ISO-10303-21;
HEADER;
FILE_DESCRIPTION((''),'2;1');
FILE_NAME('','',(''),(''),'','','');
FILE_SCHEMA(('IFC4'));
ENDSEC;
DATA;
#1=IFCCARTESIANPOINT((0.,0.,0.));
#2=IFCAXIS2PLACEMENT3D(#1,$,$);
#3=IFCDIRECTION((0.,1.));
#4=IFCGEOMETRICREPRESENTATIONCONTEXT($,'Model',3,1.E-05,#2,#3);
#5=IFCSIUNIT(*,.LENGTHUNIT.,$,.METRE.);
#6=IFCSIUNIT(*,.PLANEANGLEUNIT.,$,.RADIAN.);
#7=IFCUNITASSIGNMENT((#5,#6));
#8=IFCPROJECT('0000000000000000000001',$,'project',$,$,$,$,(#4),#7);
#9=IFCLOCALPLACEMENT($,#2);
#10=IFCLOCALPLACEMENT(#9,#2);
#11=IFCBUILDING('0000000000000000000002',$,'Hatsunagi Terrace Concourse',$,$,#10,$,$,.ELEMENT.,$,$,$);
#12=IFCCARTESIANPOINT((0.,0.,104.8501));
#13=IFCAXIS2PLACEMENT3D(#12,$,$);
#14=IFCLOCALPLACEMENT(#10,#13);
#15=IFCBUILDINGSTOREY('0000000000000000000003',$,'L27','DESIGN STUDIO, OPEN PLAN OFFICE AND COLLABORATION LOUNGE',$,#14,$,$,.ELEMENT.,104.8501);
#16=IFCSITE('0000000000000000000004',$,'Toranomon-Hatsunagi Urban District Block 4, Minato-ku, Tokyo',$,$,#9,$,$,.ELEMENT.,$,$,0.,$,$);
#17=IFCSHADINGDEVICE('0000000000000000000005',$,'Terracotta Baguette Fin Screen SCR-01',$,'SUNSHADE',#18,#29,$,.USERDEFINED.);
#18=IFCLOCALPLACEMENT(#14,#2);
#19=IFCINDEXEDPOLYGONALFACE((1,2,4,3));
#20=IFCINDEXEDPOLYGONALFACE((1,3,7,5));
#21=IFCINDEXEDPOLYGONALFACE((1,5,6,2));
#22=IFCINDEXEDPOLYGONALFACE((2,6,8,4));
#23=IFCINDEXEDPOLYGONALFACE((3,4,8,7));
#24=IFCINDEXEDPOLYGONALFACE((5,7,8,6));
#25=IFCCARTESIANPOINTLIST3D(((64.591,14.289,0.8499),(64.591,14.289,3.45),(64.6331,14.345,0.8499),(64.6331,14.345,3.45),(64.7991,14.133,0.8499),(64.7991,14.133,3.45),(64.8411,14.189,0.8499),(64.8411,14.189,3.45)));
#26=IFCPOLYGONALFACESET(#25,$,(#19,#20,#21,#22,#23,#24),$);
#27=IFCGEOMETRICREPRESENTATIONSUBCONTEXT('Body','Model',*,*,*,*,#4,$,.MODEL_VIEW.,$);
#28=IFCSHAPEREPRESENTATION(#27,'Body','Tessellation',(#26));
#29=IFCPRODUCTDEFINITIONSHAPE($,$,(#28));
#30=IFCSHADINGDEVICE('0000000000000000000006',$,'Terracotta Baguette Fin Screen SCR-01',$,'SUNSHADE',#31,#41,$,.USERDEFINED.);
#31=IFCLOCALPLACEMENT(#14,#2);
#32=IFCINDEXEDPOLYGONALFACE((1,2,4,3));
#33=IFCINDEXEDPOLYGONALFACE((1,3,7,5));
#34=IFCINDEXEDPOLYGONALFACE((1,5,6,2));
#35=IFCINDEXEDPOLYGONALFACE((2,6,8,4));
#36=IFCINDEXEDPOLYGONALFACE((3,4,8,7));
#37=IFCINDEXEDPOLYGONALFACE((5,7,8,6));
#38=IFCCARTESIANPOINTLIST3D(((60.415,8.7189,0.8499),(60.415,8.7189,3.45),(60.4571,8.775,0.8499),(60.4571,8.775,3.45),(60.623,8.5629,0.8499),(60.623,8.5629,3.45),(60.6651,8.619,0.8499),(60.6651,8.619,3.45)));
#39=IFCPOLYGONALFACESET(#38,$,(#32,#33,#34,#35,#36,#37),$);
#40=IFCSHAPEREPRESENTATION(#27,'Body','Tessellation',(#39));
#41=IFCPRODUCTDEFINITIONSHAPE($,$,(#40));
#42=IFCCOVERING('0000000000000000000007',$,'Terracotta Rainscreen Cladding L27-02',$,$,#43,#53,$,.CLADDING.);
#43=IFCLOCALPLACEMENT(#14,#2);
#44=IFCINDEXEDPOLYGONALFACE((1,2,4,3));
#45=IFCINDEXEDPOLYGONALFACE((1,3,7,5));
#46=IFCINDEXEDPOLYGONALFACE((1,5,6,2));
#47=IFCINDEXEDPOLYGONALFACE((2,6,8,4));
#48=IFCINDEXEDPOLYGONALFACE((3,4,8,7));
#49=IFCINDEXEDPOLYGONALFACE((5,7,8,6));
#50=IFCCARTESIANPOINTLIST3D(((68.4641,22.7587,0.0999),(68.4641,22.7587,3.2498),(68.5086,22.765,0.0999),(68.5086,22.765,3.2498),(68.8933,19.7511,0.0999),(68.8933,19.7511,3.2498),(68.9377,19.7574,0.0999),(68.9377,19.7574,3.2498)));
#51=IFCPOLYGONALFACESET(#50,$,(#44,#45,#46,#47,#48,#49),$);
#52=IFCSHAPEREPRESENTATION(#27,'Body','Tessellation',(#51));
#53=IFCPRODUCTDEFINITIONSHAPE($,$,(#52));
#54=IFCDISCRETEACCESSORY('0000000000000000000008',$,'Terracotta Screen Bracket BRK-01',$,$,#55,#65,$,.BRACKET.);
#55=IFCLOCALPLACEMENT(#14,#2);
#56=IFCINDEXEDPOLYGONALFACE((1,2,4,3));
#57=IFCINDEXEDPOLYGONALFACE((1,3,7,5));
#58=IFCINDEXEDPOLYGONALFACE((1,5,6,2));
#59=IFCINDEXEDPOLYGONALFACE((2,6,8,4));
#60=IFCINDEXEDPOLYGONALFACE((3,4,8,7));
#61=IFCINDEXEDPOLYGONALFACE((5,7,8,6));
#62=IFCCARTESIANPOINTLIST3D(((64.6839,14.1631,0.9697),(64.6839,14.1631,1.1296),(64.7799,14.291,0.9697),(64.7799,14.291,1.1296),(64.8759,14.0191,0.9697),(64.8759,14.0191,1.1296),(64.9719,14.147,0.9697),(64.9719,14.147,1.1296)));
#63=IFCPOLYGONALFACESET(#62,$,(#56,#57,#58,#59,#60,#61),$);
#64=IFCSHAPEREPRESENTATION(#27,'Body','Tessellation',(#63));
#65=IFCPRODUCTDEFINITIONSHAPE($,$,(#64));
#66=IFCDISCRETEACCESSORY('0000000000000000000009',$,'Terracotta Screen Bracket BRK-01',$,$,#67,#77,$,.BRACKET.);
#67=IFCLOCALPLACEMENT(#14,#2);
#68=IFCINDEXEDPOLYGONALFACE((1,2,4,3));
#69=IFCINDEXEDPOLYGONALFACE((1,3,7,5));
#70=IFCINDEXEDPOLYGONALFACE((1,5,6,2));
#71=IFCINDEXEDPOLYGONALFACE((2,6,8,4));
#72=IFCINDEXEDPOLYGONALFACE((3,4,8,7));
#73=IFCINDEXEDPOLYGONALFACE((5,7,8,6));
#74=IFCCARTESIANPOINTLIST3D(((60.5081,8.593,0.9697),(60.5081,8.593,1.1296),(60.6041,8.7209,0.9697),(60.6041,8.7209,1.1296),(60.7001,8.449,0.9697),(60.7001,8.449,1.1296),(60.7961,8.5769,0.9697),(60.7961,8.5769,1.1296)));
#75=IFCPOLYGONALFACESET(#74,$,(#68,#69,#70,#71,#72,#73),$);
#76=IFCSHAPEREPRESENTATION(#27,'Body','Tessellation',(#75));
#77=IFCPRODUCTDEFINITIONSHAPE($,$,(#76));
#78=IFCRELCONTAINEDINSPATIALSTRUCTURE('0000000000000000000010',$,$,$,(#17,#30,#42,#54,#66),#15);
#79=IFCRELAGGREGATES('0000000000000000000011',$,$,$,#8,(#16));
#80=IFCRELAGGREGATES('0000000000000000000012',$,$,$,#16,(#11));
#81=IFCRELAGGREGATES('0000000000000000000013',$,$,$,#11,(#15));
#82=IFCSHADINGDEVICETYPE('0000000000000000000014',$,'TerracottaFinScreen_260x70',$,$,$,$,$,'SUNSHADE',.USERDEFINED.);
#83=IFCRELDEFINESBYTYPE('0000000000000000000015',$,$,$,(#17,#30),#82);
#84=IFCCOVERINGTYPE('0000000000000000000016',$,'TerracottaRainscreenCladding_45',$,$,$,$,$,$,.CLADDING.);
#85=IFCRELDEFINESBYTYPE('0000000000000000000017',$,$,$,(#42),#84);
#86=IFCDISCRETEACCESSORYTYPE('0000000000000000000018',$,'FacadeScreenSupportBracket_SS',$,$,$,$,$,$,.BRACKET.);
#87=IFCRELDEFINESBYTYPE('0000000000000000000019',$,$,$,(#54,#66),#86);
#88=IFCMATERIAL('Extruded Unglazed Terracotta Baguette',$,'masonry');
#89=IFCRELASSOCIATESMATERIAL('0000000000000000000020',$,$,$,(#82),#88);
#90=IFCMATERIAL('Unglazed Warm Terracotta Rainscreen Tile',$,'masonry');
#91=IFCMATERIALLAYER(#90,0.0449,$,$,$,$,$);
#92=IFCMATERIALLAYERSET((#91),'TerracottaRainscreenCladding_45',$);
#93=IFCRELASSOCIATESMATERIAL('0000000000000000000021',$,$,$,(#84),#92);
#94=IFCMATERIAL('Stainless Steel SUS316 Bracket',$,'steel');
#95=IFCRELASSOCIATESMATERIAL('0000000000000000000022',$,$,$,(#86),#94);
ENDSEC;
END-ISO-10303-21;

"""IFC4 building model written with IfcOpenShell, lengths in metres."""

from ifc_helpers import new_model, si_unit, direction, frame, origin, origin_2d, place, context, subcontext, project, spatial, rectangle, extrude, material, layer, layer_set, type_object, element, save


model = new_model("IFC4")

# Units and contexts
model_context = context("Model", 3, precision=1e-05, world=origin(), true_north=direction((0.0, 1.0)))
body_context = subcontext(model_context, "Body", "Model", "MODEL_VIEW")
ifc_project = project(units=[si_unit("LENGTHUNIT", "METRE"), si_unit("PLANEANGLEUNIT", "RADIAN")], contexts=[model_context])

# Site, building, storey
site_placement = place(None, origin())
site = spatial("IfcSite", under=ifc_project, at=site_placement, Name="Toranomon-Hatsunagi Urban District Block 4, Minato-ku, Tokyo", CompositionType="ELEMENT", RefElevation=0.0)
building_placement = place(site_placement, origin())
building = spatial("IfcBuilding", under=site, at=building_placement, Name="Hatsunagi Terrace Concourse", CompositionType="ELEMENT")
storey_placement = place(building_placement, frame((0.0, 0.0, 104.8501)))
storey = spatial("IfcBuildingStorey", under=building, at=storey_placement, Name="L27", Description="DESIGN STUDIO, OPEN PLAN OFFICE AND COLLABORATION LOUNGE", CompositionType="ELEMENT", Elevation=104.8501)

# Shading devices
ifc_material_1 = material(Name="Extruded Unglazed Terracotta Baguette", Category="masonry")
shading_device_type = type_object("IfcShadingDeviceType", Name="TerracottaFinScreen_260x70", ElementType="SUNSHADE", PredefinedType="USERDEFINED", material=ifc_material_1)
for number, where, z_axis, x_axis, name in (
    (1, (64.7161, 14.239, 0.8499), (0.0, 0.0, 1.0), (-0.599969, -0.800023, 0.0), "Terracotta Baguette Fin Screen SCR-01"),
    (2, (60.54, 8.6689, 0.8499), (0.0, 0.0, 1.0), (-0.599969, -0.800023, 0.0), "Terracotta Baguette Fin Screen SCR-01"),
):
    element("IfcShadingDevice", number, at=place(storey_placement, frame(where, z_axis=z_axis, x_axis=x_axis)), inside=storey, type_object=shading_device_type, Name=name, ObjectType="SUNSHADE", PredefinedType="USERDEFINED", context=body_context, shape_type="SweptSolid", body=[
        extrude(rectangle(XDim=0.0701, YDim=0.26, at=origin_2d()), origin(), (0.0, 0.0, 1.0), 2.6001),
    ])

# Covering
ifc_material_2 = material(Name="Unglazed Warm Terracotta Rainscreen Tile", Category="masonry")
ifc_layer_1 = layer(ifc_material_2, 0.0449)
ifc_layer_set_1 = layer_set([ifc_layer_1], Name="TerracottaRainscreenCladding_45")
covering_type = type_object("IfcCoveringType", Name="TerracottaRainscreenCladding_45", PredefinedType="CLADDING", material=ifc_layer_set_1)
covering_placement = place(storey_placement, frame((68.7009, 21.2581, 0.0999), z_axis=(0.0, 0.0, 1.0), x_axis=(0.14125, -0.989974, 0.0)))
element("IfcCovering", 3, at=covering_placement, inside=storey, type_object=covering_type, Name="Terracotta Rainscreen Cladding L27-02", PredefinedType="CLADDING", context=body_context, shape_type="SweptSolid", body=[
    extrude(rectangle(XDim=3.0381, YDim=0.0449, at=origin_2d()), origin(), (0.0, 0.0, 1.0), 3.1499),
])

# Discrete accessories
ifc_material_3 = material(Name="Stainless Steel SUS316 Bracket", Category="steel")
discrete_accessory_type = type_object("IfcDiscreteAccessoryType", Name="FacadeScreenSupportBracket_SS", PredefinedType="BRACKET", material=ifc_material_3)
for number, where, z_axis, x_axis, name in (
    (4, (64.8279, 14.155, 0.9697), (0.0, 0.0, 1.0), (-0.599969, -0.800023, 0.0), "Terracotta Screen Bracket BRK-01"),
    (5, (60.6521, 8.585, 0.9697), (0.0, 0.0, 1.0), (-0.599969, -0.800023, 0.0), "Terracotta Screen Bracket BRK-01"),
):
    element("IfcDiscreteAccessory", number, at=place(storey_placement, frame(where, z_axis=z_axis, x_axis=x_axis)), inside=storey, type_object=discrete_accessory_type, Name=name, PredefinedType="BRACKET", context=body_context, shape_type="SweptSolid", body=[
        extrude(rectangle(XDim=0.1599, YDim=0.24, at=origin_2d()), origin(), (0.0, 0.0, 1.0), 0.1599),
    ])

save(model, "model.ifc")
